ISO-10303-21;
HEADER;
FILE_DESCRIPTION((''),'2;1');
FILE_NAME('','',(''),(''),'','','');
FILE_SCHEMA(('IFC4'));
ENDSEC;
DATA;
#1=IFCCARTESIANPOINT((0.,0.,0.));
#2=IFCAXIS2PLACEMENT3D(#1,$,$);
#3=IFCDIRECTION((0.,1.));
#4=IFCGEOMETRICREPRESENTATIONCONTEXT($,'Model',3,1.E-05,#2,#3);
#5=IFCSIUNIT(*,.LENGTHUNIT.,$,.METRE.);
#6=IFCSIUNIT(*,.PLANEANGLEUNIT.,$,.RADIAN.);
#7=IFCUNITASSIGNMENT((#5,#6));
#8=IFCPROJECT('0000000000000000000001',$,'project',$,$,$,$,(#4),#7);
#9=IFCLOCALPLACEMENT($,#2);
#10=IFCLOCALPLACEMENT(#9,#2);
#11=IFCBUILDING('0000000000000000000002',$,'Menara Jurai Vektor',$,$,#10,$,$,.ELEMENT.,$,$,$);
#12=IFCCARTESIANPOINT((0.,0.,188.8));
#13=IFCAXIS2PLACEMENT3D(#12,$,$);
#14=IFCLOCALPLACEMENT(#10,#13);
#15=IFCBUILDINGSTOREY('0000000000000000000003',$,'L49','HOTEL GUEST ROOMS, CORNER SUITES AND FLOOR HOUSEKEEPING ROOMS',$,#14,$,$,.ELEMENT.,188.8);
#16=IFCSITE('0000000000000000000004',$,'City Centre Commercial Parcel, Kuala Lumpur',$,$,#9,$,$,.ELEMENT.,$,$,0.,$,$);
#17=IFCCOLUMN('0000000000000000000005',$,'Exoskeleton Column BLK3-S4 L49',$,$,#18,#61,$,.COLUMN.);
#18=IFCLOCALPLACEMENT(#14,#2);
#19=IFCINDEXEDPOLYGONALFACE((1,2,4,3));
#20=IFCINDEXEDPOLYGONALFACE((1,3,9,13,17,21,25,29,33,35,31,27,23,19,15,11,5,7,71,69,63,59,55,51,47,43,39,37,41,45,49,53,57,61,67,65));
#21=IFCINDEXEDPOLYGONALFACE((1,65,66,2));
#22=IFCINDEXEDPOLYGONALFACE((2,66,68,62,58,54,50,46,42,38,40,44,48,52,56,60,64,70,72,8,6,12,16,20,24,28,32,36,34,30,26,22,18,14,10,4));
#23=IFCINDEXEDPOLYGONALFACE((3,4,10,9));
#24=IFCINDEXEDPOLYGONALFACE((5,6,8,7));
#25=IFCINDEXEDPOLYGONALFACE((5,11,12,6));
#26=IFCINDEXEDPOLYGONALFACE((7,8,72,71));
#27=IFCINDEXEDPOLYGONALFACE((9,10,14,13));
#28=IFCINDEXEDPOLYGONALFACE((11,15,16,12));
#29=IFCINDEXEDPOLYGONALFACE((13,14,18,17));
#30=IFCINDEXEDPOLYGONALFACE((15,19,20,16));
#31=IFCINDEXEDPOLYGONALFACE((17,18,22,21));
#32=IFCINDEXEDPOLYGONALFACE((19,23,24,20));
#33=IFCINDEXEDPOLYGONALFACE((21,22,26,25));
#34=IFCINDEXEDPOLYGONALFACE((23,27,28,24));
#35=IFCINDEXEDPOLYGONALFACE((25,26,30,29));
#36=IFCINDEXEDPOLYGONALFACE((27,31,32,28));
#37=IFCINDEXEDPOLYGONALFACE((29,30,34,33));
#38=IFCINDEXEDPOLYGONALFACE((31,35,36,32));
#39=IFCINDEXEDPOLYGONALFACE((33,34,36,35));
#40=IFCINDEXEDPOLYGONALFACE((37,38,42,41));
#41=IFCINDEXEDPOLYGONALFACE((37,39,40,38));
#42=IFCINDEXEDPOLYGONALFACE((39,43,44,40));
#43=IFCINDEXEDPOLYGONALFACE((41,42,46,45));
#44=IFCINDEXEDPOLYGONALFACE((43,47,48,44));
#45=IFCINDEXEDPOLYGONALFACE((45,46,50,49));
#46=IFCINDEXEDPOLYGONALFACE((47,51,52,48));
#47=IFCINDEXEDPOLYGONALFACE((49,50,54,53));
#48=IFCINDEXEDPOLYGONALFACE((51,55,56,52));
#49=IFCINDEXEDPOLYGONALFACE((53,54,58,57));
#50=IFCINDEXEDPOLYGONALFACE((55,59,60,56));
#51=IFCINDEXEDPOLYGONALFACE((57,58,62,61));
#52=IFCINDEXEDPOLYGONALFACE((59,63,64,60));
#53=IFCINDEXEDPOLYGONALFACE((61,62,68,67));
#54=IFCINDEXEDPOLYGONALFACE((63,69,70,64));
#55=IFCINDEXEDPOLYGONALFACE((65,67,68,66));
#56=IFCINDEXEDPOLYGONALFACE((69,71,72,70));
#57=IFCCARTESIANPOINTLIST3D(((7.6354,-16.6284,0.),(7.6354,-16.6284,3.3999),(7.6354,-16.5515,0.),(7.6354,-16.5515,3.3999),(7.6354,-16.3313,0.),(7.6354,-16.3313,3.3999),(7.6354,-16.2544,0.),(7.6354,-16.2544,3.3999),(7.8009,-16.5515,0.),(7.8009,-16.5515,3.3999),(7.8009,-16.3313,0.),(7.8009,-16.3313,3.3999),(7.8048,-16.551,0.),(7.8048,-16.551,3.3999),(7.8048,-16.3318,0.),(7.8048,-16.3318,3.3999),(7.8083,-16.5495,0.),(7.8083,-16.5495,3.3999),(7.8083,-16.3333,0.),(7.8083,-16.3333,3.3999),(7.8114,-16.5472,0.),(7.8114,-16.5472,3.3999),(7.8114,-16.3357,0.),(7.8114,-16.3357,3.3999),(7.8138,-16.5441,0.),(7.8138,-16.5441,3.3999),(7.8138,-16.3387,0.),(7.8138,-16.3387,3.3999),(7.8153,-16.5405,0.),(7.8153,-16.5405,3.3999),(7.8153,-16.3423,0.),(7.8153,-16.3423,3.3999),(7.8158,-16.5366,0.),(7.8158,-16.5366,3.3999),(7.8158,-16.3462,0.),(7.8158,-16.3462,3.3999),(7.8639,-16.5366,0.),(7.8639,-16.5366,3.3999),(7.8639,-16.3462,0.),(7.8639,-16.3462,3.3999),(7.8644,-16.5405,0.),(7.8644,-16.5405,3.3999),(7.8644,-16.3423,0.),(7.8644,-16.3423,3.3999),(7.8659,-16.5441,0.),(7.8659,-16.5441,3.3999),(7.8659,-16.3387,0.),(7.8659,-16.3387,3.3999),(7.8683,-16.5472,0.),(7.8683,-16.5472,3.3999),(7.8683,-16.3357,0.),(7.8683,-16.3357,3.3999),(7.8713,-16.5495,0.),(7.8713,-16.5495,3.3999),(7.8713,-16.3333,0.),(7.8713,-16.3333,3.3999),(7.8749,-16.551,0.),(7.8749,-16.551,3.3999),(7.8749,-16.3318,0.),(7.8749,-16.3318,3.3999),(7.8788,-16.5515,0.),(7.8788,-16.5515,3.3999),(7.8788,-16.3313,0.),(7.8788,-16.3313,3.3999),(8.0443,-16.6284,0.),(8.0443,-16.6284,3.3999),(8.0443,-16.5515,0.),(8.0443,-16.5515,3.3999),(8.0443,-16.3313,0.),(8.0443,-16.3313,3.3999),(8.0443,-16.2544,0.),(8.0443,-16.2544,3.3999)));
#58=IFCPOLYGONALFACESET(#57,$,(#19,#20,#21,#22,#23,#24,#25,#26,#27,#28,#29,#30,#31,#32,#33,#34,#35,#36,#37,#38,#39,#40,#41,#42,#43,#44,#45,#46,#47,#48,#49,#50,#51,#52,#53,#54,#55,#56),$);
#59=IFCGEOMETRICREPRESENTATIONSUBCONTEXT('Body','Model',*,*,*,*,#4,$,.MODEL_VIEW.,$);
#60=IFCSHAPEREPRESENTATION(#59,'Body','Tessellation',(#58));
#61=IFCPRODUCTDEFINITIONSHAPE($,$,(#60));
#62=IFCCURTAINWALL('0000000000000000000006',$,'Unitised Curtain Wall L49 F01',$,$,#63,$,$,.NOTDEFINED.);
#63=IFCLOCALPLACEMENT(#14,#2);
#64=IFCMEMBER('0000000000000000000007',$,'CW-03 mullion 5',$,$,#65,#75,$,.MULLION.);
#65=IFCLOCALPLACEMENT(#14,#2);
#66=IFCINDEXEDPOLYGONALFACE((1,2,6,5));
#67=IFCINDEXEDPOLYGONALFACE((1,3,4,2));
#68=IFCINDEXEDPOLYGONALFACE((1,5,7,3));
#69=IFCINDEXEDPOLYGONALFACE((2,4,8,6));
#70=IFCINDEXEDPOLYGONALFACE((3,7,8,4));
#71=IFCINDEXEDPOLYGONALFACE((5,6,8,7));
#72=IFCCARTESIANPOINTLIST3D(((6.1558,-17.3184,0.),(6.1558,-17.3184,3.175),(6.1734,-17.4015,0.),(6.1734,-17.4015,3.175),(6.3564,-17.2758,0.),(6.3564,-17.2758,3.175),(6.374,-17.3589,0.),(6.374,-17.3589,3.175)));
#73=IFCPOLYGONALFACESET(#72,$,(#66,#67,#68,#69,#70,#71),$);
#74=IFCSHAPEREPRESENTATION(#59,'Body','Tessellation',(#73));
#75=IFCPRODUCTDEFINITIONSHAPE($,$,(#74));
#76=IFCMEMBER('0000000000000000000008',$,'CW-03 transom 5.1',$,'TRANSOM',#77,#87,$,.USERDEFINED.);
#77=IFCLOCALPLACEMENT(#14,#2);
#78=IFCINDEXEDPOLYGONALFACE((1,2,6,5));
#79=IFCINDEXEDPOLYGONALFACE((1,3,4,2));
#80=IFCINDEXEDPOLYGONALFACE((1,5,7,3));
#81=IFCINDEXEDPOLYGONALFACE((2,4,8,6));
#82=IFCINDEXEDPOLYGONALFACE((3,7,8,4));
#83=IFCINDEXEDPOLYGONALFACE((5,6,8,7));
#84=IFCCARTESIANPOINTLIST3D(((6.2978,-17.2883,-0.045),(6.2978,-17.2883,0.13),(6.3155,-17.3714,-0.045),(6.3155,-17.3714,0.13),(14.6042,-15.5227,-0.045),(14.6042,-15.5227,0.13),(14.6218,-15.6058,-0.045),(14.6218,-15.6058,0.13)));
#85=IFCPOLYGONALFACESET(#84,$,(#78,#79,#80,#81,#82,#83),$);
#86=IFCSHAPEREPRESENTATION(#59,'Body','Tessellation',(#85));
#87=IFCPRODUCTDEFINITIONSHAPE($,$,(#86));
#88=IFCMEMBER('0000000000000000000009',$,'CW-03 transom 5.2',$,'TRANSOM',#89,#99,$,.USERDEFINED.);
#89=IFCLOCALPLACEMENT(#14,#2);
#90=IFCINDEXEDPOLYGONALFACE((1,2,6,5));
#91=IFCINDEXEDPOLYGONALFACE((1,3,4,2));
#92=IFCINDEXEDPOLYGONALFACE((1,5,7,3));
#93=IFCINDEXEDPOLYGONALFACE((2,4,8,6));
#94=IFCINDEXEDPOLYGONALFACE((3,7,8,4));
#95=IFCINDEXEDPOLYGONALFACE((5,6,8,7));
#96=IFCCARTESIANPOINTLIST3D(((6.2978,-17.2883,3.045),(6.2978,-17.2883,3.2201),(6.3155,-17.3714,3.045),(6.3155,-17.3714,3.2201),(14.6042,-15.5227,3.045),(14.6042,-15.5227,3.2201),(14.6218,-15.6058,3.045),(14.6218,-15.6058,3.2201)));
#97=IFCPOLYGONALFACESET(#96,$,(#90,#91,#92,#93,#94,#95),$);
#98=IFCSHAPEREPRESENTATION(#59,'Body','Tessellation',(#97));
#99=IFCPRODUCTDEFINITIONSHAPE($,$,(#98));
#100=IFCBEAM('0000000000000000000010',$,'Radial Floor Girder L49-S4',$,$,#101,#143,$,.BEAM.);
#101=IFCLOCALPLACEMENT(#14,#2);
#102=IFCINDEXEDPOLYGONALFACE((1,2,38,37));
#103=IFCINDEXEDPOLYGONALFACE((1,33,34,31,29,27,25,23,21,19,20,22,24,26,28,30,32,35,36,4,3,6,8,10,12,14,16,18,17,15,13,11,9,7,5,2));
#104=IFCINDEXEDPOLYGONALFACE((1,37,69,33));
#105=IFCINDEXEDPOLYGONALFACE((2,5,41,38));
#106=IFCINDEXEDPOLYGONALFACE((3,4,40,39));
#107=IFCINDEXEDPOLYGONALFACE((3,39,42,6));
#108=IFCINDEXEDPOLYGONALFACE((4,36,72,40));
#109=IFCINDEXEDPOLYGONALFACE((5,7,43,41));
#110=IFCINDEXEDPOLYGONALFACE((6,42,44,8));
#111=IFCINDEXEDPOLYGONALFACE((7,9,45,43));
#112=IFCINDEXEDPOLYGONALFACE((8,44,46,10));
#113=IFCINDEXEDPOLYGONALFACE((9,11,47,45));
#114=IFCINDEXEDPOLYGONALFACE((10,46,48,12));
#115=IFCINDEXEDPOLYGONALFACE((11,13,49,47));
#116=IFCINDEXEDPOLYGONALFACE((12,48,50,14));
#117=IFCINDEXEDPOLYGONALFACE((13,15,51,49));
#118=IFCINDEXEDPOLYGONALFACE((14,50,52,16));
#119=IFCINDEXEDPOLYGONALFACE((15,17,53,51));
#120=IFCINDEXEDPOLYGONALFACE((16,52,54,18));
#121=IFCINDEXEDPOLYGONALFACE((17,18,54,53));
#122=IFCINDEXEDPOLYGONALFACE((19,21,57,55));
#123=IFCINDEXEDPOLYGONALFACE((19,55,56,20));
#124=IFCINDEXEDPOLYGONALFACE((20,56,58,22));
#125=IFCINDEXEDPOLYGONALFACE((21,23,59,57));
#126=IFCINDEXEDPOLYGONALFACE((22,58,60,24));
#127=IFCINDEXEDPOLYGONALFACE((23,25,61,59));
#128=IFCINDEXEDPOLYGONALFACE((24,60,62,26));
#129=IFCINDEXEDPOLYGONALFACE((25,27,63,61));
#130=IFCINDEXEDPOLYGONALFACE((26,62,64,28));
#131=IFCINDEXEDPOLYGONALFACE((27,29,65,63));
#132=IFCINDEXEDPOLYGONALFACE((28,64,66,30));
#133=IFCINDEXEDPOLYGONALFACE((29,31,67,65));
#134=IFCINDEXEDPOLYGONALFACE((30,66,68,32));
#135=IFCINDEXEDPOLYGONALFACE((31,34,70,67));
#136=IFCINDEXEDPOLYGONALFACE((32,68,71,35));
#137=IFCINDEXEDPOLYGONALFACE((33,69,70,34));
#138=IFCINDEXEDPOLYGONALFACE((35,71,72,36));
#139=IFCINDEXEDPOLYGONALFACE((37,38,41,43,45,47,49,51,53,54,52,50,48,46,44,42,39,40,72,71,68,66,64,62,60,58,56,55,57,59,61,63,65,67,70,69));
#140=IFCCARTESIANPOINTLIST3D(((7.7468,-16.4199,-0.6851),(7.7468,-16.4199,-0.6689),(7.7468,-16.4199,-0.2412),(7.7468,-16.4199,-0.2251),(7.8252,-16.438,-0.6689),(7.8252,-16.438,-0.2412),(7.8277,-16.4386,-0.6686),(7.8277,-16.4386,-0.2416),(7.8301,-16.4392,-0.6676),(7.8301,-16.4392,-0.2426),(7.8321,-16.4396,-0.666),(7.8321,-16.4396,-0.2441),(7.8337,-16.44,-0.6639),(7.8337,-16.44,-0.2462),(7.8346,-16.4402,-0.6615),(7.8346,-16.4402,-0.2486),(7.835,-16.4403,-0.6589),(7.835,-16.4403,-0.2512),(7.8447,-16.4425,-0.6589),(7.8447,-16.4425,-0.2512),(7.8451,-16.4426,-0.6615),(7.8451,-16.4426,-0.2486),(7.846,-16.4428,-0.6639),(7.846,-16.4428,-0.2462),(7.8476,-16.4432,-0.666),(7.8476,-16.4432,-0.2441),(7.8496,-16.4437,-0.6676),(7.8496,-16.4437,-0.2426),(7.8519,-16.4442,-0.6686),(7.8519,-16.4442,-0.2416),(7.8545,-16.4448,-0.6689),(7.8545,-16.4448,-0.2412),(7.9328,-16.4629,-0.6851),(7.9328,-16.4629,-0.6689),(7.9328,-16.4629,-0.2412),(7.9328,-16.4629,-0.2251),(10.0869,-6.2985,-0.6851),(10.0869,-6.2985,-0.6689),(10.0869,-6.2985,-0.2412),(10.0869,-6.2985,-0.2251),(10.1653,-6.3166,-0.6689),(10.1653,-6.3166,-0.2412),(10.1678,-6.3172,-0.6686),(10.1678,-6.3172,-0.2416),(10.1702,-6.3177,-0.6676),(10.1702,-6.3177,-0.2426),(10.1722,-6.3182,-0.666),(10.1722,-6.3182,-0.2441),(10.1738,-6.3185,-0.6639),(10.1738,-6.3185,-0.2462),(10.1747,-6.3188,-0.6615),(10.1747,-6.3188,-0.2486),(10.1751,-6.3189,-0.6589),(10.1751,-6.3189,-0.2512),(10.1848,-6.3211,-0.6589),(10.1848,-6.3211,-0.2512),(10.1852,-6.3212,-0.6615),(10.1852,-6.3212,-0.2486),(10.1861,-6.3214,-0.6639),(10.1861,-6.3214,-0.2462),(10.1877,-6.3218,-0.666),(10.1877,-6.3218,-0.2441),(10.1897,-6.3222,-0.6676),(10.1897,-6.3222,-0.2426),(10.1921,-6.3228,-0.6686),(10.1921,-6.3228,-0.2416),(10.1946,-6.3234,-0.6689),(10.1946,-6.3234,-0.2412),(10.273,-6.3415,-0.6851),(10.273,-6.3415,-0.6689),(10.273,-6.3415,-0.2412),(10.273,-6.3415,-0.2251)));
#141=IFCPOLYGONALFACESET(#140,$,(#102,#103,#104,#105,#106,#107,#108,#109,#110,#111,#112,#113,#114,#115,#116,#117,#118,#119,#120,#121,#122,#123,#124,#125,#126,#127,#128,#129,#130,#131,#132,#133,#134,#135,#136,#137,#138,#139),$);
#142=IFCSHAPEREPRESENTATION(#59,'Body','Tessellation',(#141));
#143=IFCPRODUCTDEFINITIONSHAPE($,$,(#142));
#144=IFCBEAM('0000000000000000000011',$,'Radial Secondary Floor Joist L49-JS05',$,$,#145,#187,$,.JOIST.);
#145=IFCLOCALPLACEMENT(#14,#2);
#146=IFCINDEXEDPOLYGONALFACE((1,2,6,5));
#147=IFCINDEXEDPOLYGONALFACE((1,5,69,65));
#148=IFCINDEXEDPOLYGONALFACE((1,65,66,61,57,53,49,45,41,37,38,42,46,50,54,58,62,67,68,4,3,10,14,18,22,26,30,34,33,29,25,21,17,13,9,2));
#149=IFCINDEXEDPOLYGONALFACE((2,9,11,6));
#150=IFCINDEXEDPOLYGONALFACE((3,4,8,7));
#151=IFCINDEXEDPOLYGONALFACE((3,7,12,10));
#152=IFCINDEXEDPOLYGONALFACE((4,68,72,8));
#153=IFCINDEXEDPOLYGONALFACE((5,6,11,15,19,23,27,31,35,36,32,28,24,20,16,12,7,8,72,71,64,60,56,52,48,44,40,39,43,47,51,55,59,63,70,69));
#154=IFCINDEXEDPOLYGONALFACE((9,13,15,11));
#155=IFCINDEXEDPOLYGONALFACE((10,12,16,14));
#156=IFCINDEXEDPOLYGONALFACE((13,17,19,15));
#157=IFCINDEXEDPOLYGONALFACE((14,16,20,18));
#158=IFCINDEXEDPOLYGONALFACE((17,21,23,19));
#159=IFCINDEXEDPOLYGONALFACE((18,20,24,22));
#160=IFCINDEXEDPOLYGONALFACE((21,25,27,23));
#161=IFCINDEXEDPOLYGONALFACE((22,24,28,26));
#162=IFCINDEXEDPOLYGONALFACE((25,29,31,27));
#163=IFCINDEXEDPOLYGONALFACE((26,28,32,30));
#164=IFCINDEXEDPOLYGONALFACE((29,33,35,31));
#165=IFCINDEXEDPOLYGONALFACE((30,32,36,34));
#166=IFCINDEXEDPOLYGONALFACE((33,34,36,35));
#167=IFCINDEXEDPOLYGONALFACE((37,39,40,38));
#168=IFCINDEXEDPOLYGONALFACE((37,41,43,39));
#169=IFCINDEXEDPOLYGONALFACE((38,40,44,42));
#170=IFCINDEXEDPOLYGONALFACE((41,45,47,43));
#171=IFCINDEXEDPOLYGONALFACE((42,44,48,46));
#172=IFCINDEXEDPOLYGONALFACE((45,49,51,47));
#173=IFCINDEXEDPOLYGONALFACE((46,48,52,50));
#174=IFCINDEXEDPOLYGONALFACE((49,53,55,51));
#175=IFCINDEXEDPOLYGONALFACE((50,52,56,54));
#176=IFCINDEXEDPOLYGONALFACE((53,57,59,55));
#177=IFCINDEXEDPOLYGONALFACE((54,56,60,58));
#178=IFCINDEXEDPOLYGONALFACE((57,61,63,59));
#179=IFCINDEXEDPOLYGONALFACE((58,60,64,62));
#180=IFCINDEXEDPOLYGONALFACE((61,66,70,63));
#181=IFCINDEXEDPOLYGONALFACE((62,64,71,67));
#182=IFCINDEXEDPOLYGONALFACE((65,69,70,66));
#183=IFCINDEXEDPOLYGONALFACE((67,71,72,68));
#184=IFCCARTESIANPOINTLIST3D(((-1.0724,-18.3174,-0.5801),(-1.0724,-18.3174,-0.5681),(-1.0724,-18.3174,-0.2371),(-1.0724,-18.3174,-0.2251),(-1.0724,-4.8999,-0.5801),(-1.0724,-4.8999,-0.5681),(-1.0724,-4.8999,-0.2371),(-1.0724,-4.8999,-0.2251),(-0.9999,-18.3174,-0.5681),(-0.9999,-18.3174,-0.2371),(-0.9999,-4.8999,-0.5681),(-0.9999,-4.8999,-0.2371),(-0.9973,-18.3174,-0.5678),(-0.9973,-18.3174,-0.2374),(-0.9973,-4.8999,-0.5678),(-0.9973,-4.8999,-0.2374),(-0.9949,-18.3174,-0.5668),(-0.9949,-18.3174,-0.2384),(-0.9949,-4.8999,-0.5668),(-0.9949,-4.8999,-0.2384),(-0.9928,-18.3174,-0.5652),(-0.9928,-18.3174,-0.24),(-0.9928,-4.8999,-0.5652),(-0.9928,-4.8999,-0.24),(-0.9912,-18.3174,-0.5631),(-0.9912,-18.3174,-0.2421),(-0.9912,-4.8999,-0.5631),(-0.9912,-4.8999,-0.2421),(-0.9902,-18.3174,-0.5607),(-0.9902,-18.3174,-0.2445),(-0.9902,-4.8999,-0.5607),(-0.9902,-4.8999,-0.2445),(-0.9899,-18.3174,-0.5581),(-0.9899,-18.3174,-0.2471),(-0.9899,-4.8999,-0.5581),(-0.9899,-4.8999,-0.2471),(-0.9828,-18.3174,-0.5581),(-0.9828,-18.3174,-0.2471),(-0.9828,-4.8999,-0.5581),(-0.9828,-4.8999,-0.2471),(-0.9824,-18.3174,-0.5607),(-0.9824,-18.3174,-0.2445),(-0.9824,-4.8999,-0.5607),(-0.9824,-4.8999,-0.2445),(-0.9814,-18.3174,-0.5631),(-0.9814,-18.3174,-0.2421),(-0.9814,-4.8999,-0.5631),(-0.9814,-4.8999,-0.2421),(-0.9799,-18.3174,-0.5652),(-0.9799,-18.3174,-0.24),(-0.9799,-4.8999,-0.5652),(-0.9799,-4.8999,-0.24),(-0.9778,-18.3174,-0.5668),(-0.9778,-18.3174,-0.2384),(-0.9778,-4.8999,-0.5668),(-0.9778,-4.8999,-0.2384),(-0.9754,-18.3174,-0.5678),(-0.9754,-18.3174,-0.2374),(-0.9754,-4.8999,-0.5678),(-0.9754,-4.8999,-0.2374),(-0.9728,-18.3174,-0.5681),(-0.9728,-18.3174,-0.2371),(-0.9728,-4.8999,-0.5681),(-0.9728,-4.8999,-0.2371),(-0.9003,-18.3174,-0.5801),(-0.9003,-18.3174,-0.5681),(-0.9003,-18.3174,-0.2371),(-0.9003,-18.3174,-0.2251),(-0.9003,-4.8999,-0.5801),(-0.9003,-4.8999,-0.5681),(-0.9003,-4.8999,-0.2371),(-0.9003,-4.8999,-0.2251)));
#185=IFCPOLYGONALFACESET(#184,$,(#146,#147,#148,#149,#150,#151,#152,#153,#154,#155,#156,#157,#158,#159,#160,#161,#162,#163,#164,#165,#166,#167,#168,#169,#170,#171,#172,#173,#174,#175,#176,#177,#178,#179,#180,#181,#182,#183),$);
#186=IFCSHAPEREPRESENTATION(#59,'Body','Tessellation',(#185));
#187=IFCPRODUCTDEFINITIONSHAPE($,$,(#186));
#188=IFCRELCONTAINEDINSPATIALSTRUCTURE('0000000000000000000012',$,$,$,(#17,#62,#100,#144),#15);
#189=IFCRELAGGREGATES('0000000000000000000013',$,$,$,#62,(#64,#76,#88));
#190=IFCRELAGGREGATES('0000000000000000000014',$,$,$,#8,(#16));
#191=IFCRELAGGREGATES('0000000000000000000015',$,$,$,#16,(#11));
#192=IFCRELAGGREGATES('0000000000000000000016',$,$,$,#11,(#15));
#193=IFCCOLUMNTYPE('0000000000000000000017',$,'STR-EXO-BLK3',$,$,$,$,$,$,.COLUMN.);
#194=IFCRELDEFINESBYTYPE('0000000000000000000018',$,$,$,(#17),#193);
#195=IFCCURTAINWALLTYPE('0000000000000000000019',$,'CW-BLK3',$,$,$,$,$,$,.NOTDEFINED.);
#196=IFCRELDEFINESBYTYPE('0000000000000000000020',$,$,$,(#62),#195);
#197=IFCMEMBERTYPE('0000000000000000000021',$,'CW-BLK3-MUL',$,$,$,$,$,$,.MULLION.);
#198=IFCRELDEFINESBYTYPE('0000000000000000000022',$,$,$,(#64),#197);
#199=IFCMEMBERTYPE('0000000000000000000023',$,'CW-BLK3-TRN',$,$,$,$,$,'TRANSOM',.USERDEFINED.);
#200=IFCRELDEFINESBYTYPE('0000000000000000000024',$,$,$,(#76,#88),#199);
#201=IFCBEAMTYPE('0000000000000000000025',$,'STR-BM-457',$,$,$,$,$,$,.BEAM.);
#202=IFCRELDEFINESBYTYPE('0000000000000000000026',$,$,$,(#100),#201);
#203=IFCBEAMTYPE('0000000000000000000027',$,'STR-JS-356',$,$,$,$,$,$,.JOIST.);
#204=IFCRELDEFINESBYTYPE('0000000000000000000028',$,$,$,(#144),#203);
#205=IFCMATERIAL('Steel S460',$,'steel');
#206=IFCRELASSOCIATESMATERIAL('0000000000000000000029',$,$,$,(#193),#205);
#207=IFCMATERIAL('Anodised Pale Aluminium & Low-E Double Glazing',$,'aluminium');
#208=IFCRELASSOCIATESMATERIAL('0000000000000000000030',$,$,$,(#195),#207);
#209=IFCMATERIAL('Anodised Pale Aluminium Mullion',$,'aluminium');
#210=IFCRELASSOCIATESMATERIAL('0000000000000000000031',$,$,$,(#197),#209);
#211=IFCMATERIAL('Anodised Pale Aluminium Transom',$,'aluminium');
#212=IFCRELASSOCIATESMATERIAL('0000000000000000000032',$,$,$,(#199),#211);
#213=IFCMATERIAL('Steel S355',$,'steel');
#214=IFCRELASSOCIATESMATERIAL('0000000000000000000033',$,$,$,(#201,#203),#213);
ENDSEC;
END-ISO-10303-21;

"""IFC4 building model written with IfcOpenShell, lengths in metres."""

from ifc_helpers import new_model, si_unit, direction, frame, origin, origin_2d, place, context, subcontext, project, spatial, rectangle, i_section, extrude, material, material_profile, profile_set, type_object, element, aggregate, save


model = new_model("IFC4")

# Units and contexts
model_context = context("Model", 3, precision=1e-05, world=origin(), true_north=direction((0.0, 1.0)))
body_context = subcontext(model_context, "Body", "Model", "MODEL_VIEW")
ifc_project = project(units=[si_unit("LENGTHUNIT", "METRE"), si_unit("PLANEANGLEUNIT", "RADIAN")], contexts=[model_context])

# Site, building, storey
site_placement = place(None, origin())
site = spatial("IfcSite", under=ifc_project, at=site_placement, Name="City Centre Commercial Parcel, Kuala Lumpur", CompositionType="ELEMENT", RefElevation=0.0)
building_placement = place(site_placement, origin())
building = spatial("IfcBuilding", under=site, at=building_placement, Name="Menara Jurai Vektor", CompositionType="ELEMENT")
storey_placement = place(building_placement, frame((0.0, 0.0, 188.8)))
storey = spatial("IfcBuildingStorey", under=building, at=storey_placement, Name="L49", Description="HOTEL GUEST ROOMS, CORNER SUITES AND FLOOR HOUSEKEEPING ROOMS", CompositionType="ELEMENT", Elevation=188.8)

# Column
ifc_material_1 = material(Name="Steel S460", Category="steel")
ifc_material_profile_1 = material_profile(ifc_material_1, i_section(OverallWidth=0.4089, OverallDepth=0.374, WebThickness=0.0481, FlangeThickness=0.0769, FilletRadius=0.0149, at=origin_2d()), Name="HD 400x634")
ifc_profile_set_1 = profile_set([ifc_material_profile_1], Name="Steel S460")
column_type = type_object("IfcColumnType", Name="STR-EXO-BLK3", PredefinedType="COLUMN", material=ifc_profile_set_1)
column_placement = place(storey_placement, frame((7.8398, -16.4414, 0.0), z_axis=(0.0, 0.0, 1.0), x_axis=(1.0, 0.0, 0.0)))
element("IfcColumn", 1, at=column_placement, inside=storey, type_object=column_type, Name="Exoskeleton Column BLK3-S4 L49", PredefinedType="COLUMN", context=body_context, shape_type="SweptSolid", body=[
    extrude(i_section(OverallWidth=0.4089, OverallDepth=0.374, WebThickness=0.0481, FlangeThickness=0.0769, FilletRadius=0.0149, at=origin_2d()), origin(), (0.0, 0.0, 1.0), 3.3999),
])

# Curtain wall, members
ifc_material_2 = material(Name="Anodised Pale Aluminium & Low-E Double Glazing", Category="aluminium")
curtain_wall_type = type_object("IfcCurtainWallType", Name="CW-BLK3", PredefinedType="NOTDEFINED", material=ifc_material_2)
curtain_wall_placement = place(storey_placement, origin())
curtain_wall = element("IfcCurtainWall", 2, at=curtain_wall_placement, inside=storey, type_object=curtain_wall_type, Name="Unitised Curtain Wall L49 F01", PredefinedType="NOTDEFINED")
ifc_material_3 = material(Name="Anodised Pale Aluminium Mullion", Category="aluminium")
ifc_material_profile_2 = material_profile(ifc_material_3, rectangle(XDim=0.085, YDim=0.2051, at=origin_2d()), Name="ALU MUL 85x205")
ifc_profile_set_2 = profile_set([ifc_material_profile_2], Name="Anodised Pale Aluminium Mullion")
member_type_1 = type_object("IfcMemberType", Name="CW-BLK3-MUL", PredefinedType="MULLION", material=ifc_profile_set_2)
member_1_placement = place(storey_placement, frame((6.2649, -17.3386, 0.0), z_axis=(0.0, 0.0, 1.0), x_axis=(-0.207911, 0.978148, 0.0)))
member_1 = element("IfcMember", 3, at=member_1_placement, type_object=member_type_1, Name="CW-03 mullion 5", PredefinedType="MULLION", context=body_context, shape_type="SweptSolid", body=[
    extrude(rectangle(XDim=0.085, YDim=0.2051, at=origin_2d()), origin(), (0.0, 0.0, 1.0), 3.175),
])
ifc_material_4 = material(Name="Anodised Pale Aluminium Transom", Category="aluminium")
ifc_material_profile_3 = material_profile(ifc_material_4, rectangle(XDim=0.085, YDim=0.175, at=origin_2d()), Name="ALU TRN 85x175")
ifc_profile_set_3 = profile_set([ifc_material_profile_3], Name="Anodised Pale Aluminium Transom")
member_type_2 = type_object("IfcMemberType", Name="CW-BLK3-TRN", ElementType="TRANSOM", PredefinedType="USERDEFINED", material=ifc_profile_set_3)
member_2_placement = place(storey_placement, frame((6.3066, -17.3298, 0.0425), z_axis=(0.978147, 0.207917, 0.0), x_axis=(-0.207917, 0.978147, 0.0)))
member_2 = element("IfcMember", 4, at=member_2_placement, type_object=member_type_2, Name="CW-03 transom 5.1", ObjectType="TRANSOM", PredefinedType="USERDEFINED", context=body_context, shape_type="SweptSolid", body=[
    extrude(rectangle(XDim=0.085, YDim=0.175, at=origin_2d()), origin(), (0.0, 0.0, 1.0), 8.4919),
])
member_3_placement = place(storey_placement, frame((6.3066, -17.3298, 3.1326), z_axis=(0.978147, 0.207917, 0.0), x_axis=(-0.207917, 0.978147, 0.0)))
member_3 = element("IfcMember", 5, at=member_3_placement, type_object=member_type_2, Name="CW-03 transom 5.2", ObjectType="TRANSOM", PredefinedType="USERDEFINED", context=body_context, shape_type="SweptSolid", body=[
    extrude(rectangle(XDim=0.085, YDim=0.175, at=origin_2d()), origin(), (0.0, 0.0, 1.0), 8.4919),
])

# Beams
ifc_material_5 = material(Name="Steel S355", Category="steel")
ifc_material_profile_4 = material_profile(ifc_material_5, i_section(OverallWidth=0.1909, OverallDepth=0.46, WebThickness=0.01, FlangeThickness=0.0161, FilletRadius=0.01, at=origin_2d()), Name="UKB 457x191x82")
ifc_profile_set_4 = profile_set([ifc_material_profile_4], Name="Steel S355")
beam_type_1 = type_object("IfcBeamType", Name="STR-BM-457", PredefinedType="BEAM", material=ifc_profile_set_4)
beam_1_placement = place(storey_placement, frame((7.8398, -16.4414, -0.4551), z_axis=(0.225261, 0.974298, 0.0), x_axis=(-0.974298, 0.225261, 0.0)))
element("IfcBeam", 6, at=beam_1_placement, inside=storey, type_object=beam_type_1, Name="Radial Floor Girder L49-S4", PredefinedType="BEAM", context=body_context, shape_type="SweptSolid", body=[
    extrude(i_section(OverallWidth=0.1909, OverallDepth=0.46, WebThickness=0.01, FlangeThickness=0.0161, FilletRadius=0.01, at=origin_2d()), origin(), (0.0, 0.0, 1.0), 10.3884),
])
ifc_material_profile_5 = material_profile(ifc_material_5, i_section(OverallWidth=0.1721, OverallDepth=0.355, WebThickness=0.0071, FlangeThickness=0.012, FilletRadius=0.01, at=origin_2d()), Name="UKB 356x171x51")
ifc_profile_set_5 = profile_set([ifc_material_profile_5], Name="Steel S355")
beam_type_2 = type_object("IfcBeamType", Name="STR-JS-356", PredefinedType="JOIST", material=ifc_profile_set_5)
beam_2_placement = place(storey_placement, frame((-0.9863, -18.3174, -0.4026), z_axis=(0.0, 1.0, 0.0), x_axis=(-1.0, 0.0, 0.0)))
element("IfcBeam", 7, at=beam_2_placement, inside=storey, type_object=beam_type_2, Name="Radial Secondary Floor Joist L49-JS05", PredefinedType="JOIST", context=body_context, shape_type="SweptSolid", body=[
    extrude(i_section(OverallWidth=0.1721, OverallDepth=0.355, WebThickness=0.0071, FlangeThickness=0.012, FilletRadius=0.01, at=origin_2d()), origin(), (0.0, 0.0, 1.0), 13.4175),
])

aggregate(curtain_wall, [member_1, member_2, member_3])

save(model, "model.ifc")
